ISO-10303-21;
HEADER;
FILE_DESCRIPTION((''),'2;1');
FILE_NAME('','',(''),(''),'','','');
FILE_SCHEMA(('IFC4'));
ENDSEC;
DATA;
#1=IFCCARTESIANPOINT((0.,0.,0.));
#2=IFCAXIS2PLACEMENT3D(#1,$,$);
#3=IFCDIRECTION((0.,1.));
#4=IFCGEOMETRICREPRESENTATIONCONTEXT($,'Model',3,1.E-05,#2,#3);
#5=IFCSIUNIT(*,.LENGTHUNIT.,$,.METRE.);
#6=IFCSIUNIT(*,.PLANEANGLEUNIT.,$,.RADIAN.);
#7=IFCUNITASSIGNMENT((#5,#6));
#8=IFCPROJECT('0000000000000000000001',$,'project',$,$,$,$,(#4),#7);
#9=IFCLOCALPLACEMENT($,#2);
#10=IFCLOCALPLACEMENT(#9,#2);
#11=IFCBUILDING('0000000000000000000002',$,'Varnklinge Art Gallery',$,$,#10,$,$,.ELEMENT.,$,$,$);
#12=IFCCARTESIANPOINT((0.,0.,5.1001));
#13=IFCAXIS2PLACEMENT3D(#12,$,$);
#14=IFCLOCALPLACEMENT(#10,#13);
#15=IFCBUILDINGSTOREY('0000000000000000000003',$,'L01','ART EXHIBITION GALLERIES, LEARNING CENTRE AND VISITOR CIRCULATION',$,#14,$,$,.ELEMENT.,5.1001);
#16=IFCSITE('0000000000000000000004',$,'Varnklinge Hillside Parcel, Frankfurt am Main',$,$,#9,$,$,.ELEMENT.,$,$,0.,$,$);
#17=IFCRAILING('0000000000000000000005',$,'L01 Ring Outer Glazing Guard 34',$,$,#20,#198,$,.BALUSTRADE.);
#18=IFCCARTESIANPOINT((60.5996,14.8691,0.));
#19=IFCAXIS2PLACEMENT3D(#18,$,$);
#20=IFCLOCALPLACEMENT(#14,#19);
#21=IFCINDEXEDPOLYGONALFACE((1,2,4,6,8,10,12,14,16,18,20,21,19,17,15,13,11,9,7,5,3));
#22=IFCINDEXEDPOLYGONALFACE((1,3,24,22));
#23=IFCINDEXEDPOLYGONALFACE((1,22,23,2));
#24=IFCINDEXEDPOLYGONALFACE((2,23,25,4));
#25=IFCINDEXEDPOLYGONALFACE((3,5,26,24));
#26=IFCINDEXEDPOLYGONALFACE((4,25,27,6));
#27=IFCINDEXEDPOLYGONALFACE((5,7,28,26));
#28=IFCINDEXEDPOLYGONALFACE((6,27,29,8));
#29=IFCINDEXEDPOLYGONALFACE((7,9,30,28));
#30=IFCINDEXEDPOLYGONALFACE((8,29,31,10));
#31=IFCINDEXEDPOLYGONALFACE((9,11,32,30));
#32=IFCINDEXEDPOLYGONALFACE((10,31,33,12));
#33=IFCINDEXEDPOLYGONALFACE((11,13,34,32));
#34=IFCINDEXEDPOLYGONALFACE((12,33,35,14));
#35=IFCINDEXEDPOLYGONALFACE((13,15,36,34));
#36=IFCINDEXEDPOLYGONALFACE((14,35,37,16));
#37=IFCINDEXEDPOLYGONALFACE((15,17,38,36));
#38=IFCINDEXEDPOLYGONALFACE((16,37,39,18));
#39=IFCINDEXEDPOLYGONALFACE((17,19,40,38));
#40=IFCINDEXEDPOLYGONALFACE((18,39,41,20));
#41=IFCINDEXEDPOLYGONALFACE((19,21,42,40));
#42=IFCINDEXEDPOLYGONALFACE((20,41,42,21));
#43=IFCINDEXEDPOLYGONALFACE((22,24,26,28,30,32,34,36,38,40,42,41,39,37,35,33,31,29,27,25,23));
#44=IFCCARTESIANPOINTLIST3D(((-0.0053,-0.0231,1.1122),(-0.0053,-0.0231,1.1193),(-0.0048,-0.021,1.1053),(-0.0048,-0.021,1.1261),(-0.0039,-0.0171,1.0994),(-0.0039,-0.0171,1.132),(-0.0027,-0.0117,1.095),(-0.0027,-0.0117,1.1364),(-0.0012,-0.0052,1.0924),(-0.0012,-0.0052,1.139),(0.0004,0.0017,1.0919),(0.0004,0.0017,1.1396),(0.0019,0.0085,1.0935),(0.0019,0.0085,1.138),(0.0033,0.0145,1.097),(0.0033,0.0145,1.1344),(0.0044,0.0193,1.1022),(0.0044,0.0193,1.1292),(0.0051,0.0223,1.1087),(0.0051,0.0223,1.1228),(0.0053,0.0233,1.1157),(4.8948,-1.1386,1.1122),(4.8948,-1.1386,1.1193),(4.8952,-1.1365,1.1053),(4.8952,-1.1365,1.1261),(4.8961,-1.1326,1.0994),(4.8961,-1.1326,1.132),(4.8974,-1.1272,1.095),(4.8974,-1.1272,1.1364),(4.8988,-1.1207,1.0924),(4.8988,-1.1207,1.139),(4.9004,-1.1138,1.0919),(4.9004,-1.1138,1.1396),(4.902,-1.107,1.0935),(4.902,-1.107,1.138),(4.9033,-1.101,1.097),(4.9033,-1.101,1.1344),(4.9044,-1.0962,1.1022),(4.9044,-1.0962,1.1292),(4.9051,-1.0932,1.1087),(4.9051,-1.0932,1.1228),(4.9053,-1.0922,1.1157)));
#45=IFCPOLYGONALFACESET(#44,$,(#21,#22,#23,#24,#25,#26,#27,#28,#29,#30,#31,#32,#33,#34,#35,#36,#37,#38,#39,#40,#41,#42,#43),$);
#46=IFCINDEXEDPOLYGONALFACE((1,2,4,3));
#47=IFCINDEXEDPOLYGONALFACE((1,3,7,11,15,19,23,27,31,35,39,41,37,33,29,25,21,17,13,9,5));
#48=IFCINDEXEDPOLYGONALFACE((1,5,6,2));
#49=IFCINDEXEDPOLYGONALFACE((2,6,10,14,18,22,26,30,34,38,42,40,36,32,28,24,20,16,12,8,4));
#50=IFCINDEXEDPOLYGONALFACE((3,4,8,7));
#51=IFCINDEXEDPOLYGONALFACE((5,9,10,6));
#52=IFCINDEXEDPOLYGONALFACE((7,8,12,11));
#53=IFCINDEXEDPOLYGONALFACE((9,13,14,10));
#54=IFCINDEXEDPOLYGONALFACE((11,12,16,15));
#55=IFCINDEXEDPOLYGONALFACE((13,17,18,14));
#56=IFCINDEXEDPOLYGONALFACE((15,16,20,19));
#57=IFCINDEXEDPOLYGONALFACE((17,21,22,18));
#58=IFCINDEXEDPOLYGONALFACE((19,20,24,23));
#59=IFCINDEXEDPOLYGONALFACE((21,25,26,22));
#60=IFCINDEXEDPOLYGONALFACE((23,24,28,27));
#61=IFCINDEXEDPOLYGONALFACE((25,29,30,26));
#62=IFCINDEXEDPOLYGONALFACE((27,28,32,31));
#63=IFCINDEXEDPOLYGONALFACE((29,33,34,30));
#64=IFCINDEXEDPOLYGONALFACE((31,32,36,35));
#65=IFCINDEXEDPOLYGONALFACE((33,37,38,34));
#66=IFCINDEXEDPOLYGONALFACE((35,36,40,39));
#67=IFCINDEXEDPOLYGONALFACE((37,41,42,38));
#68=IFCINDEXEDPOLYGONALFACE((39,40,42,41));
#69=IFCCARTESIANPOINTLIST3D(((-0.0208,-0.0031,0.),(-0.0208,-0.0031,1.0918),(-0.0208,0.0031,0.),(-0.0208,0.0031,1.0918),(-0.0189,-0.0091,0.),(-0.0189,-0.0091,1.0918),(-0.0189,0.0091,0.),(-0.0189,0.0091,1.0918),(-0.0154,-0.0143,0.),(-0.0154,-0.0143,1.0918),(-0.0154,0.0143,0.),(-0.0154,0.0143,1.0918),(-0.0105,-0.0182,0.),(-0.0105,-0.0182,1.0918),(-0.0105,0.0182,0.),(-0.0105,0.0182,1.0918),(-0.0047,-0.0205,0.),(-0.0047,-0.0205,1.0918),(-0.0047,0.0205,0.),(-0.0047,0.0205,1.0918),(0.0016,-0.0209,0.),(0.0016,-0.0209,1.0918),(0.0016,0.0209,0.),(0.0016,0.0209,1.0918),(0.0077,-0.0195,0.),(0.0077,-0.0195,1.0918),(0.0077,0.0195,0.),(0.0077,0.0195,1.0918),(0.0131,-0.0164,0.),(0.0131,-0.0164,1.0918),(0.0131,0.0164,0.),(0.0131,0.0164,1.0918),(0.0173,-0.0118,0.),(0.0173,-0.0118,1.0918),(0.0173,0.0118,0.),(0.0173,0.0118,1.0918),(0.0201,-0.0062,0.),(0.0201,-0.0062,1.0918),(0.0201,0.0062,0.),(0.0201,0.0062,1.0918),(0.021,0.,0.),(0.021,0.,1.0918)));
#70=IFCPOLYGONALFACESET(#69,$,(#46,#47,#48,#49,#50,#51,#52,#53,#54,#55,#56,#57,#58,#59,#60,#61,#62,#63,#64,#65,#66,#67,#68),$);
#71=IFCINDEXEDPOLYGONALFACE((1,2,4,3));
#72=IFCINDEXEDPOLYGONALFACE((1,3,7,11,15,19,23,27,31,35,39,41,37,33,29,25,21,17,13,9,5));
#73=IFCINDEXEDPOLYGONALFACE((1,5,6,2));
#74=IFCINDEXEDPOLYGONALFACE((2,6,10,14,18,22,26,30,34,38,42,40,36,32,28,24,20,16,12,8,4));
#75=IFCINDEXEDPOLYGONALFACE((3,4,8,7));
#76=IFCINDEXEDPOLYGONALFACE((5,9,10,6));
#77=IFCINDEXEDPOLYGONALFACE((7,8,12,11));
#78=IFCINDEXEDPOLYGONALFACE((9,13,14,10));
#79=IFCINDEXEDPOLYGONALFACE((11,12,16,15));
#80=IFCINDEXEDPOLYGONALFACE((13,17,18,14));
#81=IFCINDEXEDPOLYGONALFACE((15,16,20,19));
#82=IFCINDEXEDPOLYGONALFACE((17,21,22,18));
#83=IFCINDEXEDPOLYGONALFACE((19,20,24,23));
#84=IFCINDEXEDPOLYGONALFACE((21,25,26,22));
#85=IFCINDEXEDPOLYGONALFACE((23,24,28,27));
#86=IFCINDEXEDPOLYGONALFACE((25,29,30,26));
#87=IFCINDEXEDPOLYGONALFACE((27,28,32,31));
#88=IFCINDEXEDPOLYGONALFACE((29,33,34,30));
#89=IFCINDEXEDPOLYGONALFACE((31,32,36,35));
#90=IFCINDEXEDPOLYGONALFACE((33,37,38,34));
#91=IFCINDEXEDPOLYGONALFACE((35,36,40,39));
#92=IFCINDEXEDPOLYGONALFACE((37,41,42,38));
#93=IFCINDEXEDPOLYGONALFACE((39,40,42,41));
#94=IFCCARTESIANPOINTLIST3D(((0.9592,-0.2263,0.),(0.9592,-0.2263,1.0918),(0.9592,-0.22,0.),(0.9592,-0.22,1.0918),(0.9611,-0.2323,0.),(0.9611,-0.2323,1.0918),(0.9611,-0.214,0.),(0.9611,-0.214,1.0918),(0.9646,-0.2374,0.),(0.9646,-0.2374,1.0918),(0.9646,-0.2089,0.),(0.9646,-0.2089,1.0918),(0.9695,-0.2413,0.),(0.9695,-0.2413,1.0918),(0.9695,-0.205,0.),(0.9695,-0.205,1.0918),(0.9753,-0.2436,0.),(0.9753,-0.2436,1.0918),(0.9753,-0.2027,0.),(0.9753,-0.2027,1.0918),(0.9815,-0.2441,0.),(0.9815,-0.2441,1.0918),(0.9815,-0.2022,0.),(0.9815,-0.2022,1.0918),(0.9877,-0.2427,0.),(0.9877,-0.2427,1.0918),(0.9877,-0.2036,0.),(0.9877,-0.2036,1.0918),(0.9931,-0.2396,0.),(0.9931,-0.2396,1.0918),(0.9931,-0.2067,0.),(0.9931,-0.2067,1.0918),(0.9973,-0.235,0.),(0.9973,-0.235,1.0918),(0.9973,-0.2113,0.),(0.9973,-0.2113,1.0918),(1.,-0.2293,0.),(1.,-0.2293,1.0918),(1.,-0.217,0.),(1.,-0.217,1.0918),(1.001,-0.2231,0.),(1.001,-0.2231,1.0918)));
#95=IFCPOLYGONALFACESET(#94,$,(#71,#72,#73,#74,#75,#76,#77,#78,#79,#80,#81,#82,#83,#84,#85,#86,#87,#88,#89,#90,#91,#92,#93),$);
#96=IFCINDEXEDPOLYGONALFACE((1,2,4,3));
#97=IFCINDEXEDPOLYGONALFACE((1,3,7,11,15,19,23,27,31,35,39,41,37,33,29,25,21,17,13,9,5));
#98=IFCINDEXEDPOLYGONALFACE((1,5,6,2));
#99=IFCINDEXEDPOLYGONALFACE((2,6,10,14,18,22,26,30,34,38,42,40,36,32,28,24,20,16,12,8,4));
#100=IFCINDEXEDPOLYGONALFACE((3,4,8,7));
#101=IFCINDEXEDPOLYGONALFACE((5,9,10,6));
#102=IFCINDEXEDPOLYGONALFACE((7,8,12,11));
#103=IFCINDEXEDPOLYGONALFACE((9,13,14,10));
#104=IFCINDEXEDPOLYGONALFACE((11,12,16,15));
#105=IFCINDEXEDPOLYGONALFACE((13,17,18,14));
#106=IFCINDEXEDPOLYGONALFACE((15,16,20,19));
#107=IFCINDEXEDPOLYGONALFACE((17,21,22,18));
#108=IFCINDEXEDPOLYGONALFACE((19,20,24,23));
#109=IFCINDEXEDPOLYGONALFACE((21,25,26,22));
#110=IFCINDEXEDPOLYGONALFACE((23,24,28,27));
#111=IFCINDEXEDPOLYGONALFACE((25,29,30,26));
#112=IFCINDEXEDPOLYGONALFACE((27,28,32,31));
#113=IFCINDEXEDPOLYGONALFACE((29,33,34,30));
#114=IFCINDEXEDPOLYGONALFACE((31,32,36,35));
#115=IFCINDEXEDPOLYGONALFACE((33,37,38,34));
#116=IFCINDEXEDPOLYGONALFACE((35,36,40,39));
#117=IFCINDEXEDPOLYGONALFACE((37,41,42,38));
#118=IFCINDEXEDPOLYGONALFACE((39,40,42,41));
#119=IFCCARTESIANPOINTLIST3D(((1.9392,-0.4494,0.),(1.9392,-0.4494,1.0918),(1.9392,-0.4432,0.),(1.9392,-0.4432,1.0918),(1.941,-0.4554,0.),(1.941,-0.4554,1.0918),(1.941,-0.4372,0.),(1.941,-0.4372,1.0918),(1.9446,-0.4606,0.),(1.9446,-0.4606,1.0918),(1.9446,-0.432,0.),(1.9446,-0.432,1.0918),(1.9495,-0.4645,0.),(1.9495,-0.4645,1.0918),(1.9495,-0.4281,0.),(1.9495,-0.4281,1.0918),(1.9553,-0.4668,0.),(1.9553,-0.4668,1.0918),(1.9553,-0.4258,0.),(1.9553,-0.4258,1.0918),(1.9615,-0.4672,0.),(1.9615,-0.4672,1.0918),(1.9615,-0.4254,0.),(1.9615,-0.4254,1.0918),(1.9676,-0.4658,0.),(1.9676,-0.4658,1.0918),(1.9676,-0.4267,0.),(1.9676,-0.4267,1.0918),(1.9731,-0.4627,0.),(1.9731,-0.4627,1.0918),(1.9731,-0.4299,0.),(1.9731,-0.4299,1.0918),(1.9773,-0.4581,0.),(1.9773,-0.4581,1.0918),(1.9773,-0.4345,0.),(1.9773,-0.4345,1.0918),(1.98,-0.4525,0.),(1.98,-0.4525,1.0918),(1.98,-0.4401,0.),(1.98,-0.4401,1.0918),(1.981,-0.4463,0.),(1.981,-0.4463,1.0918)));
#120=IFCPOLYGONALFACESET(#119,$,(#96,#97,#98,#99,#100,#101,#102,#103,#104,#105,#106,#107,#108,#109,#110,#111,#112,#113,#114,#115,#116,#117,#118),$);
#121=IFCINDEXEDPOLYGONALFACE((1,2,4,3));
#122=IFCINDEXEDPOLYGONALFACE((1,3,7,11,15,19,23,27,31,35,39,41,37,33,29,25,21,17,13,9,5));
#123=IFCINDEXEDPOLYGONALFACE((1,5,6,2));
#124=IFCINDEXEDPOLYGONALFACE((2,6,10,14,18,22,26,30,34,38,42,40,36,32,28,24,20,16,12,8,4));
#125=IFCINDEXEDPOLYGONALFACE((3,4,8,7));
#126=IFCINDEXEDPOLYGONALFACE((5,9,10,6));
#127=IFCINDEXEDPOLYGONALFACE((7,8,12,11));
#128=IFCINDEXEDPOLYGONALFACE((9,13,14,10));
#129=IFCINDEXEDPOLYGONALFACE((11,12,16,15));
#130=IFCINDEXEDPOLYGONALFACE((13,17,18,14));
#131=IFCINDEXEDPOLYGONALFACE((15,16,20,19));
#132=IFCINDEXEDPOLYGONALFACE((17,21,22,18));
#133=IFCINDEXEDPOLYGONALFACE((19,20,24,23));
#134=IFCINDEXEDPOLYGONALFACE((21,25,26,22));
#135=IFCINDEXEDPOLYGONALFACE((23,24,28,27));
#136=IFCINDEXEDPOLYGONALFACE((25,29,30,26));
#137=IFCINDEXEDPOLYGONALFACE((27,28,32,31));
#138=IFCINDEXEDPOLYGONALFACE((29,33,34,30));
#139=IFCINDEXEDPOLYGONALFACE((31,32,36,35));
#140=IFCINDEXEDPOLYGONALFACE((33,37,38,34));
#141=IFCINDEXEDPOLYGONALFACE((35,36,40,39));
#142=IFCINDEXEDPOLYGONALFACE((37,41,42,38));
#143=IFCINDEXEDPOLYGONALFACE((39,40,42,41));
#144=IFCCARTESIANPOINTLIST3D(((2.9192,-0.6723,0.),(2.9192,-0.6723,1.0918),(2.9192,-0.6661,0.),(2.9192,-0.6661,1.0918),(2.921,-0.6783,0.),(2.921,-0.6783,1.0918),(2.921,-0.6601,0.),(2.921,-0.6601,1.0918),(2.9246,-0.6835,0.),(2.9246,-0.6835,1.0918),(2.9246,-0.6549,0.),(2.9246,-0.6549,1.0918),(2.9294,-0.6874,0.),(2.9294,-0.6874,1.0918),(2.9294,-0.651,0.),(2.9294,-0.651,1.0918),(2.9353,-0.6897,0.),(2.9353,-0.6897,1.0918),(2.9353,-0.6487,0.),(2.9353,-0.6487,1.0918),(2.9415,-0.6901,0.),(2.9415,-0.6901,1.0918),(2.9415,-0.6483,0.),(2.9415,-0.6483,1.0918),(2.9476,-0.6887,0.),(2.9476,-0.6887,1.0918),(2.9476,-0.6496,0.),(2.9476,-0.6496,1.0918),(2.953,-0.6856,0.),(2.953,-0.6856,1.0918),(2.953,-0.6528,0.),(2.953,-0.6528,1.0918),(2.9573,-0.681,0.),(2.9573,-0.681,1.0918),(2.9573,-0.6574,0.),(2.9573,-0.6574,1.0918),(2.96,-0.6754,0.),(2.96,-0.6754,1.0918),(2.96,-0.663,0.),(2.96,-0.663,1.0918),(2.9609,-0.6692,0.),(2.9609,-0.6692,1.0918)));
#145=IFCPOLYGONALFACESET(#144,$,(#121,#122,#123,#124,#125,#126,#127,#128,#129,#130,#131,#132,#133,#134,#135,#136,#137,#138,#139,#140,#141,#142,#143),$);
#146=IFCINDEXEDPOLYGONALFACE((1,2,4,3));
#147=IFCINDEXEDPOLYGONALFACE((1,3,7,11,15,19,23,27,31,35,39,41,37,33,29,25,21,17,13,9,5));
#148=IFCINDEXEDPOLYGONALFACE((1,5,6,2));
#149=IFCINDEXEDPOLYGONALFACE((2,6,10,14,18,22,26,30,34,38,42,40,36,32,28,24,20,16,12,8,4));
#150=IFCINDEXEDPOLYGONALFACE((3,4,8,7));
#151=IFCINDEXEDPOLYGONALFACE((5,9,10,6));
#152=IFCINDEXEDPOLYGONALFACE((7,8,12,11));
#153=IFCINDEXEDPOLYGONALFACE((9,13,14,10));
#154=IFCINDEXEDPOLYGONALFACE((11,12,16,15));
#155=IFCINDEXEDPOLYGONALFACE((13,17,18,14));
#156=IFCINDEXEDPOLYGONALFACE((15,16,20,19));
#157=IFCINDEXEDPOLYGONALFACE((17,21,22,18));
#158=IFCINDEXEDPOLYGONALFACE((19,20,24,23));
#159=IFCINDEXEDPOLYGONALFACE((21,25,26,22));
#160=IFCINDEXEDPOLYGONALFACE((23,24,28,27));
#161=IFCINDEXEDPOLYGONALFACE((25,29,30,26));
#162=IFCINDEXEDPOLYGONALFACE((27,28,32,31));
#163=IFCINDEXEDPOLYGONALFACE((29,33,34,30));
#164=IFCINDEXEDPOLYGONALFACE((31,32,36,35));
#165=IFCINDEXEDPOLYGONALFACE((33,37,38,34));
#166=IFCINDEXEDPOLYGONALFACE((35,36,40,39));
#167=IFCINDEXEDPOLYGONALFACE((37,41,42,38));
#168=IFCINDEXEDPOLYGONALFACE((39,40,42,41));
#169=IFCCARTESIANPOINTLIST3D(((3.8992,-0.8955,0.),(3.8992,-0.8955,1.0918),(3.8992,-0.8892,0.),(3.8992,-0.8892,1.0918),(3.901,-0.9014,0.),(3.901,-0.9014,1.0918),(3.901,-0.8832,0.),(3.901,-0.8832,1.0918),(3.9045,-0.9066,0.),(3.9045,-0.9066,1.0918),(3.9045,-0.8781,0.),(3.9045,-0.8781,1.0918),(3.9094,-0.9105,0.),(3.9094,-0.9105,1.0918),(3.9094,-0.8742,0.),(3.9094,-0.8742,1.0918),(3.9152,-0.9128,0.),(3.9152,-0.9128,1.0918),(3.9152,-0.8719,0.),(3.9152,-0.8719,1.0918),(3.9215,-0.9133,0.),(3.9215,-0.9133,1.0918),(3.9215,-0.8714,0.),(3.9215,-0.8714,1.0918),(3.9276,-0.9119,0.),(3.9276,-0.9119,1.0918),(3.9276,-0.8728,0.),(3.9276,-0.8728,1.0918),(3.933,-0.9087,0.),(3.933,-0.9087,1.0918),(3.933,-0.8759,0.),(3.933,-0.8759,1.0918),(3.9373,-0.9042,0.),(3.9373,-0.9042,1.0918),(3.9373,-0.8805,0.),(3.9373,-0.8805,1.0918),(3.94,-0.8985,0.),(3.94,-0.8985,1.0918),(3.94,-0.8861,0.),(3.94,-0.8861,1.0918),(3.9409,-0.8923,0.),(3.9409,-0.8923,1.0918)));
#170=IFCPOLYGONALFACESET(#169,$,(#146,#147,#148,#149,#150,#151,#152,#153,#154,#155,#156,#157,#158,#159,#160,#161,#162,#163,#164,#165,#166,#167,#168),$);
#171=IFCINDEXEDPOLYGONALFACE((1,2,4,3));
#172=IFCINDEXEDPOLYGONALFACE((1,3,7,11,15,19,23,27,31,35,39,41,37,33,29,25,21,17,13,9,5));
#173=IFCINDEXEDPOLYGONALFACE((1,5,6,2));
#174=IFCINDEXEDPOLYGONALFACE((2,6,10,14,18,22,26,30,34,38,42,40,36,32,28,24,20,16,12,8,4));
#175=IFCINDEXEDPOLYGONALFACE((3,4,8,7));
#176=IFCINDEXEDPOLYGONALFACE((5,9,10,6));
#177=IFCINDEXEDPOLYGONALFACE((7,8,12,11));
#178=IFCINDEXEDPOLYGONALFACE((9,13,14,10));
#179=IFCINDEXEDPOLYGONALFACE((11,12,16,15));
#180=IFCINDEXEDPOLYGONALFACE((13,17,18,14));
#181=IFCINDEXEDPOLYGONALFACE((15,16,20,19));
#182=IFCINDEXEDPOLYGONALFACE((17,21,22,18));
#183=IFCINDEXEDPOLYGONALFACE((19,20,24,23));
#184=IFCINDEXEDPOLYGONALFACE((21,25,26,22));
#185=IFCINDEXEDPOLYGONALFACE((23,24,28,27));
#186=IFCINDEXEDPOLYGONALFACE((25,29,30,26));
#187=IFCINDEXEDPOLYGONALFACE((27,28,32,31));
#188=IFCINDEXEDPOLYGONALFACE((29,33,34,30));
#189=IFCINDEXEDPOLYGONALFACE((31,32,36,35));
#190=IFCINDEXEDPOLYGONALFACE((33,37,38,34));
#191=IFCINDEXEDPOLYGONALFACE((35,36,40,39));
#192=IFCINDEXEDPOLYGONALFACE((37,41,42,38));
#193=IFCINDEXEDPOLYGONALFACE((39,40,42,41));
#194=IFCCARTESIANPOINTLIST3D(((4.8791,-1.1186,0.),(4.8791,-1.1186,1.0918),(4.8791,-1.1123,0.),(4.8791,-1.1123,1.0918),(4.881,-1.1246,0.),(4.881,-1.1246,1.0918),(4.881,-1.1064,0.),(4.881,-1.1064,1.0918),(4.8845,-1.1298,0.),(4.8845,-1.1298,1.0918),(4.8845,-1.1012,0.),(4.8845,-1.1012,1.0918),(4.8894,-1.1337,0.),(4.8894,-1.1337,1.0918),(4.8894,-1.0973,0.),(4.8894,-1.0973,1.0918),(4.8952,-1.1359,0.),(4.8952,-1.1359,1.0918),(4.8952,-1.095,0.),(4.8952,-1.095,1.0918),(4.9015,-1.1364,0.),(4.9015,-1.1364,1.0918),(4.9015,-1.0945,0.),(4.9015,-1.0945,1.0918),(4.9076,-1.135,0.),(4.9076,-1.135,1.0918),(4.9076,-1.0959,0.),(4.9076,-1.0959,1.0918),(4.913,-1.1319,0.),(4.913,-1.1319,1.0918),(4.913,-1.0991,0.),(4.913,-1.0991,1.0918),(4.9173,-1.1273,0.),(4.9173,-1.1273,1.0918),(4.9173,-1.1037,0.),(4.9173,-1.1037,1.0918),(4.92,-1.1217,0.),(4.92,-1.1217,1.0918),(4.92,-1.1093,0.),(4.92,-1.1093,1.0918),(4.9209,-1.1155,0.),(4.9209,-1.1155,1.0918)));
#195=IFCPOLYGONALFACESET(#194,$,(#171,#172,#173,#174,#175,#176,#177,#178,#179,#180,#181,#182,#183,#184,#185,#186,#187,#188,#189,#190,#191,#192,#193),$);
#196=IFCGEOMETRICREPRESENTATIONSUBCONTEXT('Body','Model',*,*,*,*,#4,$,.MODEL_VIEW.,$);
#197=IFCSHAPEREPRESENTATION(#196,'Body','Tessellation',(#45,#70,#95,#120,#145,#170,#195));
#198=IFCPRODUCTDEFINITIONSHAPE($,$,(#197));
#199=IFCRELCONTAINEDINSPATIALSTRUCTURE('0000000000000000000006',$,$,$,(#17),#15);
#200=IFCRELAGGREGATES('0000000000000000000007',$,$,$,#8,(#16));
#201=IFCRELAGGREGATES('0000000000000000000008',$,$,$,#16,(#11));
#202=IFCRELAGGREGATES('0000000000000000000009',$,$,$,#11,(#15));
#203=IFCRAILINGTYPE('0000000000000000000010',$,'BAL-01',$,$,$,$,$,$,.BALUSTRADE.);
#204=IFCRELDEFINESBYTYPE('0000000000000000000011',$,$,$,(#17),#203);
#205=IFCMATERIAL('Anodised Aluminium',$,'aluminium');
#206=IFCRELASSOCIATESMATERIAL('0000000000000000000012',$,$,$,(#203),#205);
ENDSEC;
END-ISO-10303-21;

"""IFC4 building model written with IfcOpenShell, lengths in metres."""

from ifc_helpers import new_model, si_unit, direction, frame, origin, origin_2d, place, context, subcontext, project, spatial, circle, extrude, material, type_object, element, save


model = new_model("IFC4")

# Units and contexts
model_context = context("Model", 3, precision=1e-05, world=origin(), true_north=direction((0.0, 1.0)))
body_context = subcontext(model_context, "Body", "Model", "MODEL_VIEW")
ifc_project = project(units=[si_unit("LENGTHUNIT", "METRE"), si_unit("PLANEANGLEUNIT", "RADIAN")], contexts=[model_context])

# Site, building, storey
site_placement = place(None, origin())
site = spatial("IfcSite", under=ifc_project, at=site_placement, Name="Varnklinge Hillside Parcel, Frankfurt am Main", CompositionType="ELEMENT", RefElevation=0.0)
building_placement = place(site_placement, origin())
building = spatial("IfcBuilding", under=site, at=building_placement, Name="Varnklinge Art Gallery", CompositionType="ELEMENT")
storey_placement = place(building_placement, frame((0.0, 0.0, 5.1001)))
storey = spatial("IfcBuildingStorey", under=building, at=storey_placement, Name="L01", Description="ART EXHIBITION GALLERIES, LEARNING CENTRE AND VISITOR CIRCULATION", CompositionType="ELEMENT", Elevation=5.1001)

# Railing
ifc_material_1 = material(Name="Anodised Aluminium", Category="aluminium")
railing_type = type_object("IfcRailingType", Name="BAL-01", PredefinedType="BALUSTRADE", material=ifc_material_1)
railing_placement = place(storey_placement, frame((60.5996, 14.8691, 0.0)))
element("IfcRailing", 1, at=railing_placement, inside=storey, type_object=railing_type, Name="L01 Ring Outer Glazing Guard 34", PredefinedType="BALUSTRADE", context=body_context, shape_type="SweptSolid", body=[
    extrude(circle(Radius=0.0239, at=origin_2d()), frame((0.0, 0.0, 1.1157), z_axis=(0.975053, -0.221974, 0.0), x_axis=(0.221974, 0.975053, 0.0)), (0.0, 0.0, 1.0), 5.0254),
    extrude(circle(Radius=0.021, at=origin_2d()), origin(), (0.0, 0.0, 1.0), 1.0918),
    extrude(circle(Radius=0.021, at=origin_2d()), frame((0.98, -0.2231, 0.0)), (0.0, 0.0, 1.0), 1.0918),
    extrude(circle(Radius=0.021, at=origin_2d()), frame((1.96, -0.4463, 0.0)), (0.0, 0.0, 1.0), 1.0918),
    extrude(circle(Radius=0.021, at=origin_2d()), frame((2.9399, -0.6692, 0.0)), (0.0, 0.0, 1.0), 1.0918),
    extrude(circle(Radius=0.021, at=origin_2d()), frame((3.9199, -0.8923, 0.0)), (0.0, 0.0, 1.0), 1.0918),
    extrude(circle(Radius=0.021, at=origin_2d()), frame((4.8999, -1.1155, 0.0)), (0.0, 0.0, 1.0), 1.0918),
])

save(model, "model.ifc")
